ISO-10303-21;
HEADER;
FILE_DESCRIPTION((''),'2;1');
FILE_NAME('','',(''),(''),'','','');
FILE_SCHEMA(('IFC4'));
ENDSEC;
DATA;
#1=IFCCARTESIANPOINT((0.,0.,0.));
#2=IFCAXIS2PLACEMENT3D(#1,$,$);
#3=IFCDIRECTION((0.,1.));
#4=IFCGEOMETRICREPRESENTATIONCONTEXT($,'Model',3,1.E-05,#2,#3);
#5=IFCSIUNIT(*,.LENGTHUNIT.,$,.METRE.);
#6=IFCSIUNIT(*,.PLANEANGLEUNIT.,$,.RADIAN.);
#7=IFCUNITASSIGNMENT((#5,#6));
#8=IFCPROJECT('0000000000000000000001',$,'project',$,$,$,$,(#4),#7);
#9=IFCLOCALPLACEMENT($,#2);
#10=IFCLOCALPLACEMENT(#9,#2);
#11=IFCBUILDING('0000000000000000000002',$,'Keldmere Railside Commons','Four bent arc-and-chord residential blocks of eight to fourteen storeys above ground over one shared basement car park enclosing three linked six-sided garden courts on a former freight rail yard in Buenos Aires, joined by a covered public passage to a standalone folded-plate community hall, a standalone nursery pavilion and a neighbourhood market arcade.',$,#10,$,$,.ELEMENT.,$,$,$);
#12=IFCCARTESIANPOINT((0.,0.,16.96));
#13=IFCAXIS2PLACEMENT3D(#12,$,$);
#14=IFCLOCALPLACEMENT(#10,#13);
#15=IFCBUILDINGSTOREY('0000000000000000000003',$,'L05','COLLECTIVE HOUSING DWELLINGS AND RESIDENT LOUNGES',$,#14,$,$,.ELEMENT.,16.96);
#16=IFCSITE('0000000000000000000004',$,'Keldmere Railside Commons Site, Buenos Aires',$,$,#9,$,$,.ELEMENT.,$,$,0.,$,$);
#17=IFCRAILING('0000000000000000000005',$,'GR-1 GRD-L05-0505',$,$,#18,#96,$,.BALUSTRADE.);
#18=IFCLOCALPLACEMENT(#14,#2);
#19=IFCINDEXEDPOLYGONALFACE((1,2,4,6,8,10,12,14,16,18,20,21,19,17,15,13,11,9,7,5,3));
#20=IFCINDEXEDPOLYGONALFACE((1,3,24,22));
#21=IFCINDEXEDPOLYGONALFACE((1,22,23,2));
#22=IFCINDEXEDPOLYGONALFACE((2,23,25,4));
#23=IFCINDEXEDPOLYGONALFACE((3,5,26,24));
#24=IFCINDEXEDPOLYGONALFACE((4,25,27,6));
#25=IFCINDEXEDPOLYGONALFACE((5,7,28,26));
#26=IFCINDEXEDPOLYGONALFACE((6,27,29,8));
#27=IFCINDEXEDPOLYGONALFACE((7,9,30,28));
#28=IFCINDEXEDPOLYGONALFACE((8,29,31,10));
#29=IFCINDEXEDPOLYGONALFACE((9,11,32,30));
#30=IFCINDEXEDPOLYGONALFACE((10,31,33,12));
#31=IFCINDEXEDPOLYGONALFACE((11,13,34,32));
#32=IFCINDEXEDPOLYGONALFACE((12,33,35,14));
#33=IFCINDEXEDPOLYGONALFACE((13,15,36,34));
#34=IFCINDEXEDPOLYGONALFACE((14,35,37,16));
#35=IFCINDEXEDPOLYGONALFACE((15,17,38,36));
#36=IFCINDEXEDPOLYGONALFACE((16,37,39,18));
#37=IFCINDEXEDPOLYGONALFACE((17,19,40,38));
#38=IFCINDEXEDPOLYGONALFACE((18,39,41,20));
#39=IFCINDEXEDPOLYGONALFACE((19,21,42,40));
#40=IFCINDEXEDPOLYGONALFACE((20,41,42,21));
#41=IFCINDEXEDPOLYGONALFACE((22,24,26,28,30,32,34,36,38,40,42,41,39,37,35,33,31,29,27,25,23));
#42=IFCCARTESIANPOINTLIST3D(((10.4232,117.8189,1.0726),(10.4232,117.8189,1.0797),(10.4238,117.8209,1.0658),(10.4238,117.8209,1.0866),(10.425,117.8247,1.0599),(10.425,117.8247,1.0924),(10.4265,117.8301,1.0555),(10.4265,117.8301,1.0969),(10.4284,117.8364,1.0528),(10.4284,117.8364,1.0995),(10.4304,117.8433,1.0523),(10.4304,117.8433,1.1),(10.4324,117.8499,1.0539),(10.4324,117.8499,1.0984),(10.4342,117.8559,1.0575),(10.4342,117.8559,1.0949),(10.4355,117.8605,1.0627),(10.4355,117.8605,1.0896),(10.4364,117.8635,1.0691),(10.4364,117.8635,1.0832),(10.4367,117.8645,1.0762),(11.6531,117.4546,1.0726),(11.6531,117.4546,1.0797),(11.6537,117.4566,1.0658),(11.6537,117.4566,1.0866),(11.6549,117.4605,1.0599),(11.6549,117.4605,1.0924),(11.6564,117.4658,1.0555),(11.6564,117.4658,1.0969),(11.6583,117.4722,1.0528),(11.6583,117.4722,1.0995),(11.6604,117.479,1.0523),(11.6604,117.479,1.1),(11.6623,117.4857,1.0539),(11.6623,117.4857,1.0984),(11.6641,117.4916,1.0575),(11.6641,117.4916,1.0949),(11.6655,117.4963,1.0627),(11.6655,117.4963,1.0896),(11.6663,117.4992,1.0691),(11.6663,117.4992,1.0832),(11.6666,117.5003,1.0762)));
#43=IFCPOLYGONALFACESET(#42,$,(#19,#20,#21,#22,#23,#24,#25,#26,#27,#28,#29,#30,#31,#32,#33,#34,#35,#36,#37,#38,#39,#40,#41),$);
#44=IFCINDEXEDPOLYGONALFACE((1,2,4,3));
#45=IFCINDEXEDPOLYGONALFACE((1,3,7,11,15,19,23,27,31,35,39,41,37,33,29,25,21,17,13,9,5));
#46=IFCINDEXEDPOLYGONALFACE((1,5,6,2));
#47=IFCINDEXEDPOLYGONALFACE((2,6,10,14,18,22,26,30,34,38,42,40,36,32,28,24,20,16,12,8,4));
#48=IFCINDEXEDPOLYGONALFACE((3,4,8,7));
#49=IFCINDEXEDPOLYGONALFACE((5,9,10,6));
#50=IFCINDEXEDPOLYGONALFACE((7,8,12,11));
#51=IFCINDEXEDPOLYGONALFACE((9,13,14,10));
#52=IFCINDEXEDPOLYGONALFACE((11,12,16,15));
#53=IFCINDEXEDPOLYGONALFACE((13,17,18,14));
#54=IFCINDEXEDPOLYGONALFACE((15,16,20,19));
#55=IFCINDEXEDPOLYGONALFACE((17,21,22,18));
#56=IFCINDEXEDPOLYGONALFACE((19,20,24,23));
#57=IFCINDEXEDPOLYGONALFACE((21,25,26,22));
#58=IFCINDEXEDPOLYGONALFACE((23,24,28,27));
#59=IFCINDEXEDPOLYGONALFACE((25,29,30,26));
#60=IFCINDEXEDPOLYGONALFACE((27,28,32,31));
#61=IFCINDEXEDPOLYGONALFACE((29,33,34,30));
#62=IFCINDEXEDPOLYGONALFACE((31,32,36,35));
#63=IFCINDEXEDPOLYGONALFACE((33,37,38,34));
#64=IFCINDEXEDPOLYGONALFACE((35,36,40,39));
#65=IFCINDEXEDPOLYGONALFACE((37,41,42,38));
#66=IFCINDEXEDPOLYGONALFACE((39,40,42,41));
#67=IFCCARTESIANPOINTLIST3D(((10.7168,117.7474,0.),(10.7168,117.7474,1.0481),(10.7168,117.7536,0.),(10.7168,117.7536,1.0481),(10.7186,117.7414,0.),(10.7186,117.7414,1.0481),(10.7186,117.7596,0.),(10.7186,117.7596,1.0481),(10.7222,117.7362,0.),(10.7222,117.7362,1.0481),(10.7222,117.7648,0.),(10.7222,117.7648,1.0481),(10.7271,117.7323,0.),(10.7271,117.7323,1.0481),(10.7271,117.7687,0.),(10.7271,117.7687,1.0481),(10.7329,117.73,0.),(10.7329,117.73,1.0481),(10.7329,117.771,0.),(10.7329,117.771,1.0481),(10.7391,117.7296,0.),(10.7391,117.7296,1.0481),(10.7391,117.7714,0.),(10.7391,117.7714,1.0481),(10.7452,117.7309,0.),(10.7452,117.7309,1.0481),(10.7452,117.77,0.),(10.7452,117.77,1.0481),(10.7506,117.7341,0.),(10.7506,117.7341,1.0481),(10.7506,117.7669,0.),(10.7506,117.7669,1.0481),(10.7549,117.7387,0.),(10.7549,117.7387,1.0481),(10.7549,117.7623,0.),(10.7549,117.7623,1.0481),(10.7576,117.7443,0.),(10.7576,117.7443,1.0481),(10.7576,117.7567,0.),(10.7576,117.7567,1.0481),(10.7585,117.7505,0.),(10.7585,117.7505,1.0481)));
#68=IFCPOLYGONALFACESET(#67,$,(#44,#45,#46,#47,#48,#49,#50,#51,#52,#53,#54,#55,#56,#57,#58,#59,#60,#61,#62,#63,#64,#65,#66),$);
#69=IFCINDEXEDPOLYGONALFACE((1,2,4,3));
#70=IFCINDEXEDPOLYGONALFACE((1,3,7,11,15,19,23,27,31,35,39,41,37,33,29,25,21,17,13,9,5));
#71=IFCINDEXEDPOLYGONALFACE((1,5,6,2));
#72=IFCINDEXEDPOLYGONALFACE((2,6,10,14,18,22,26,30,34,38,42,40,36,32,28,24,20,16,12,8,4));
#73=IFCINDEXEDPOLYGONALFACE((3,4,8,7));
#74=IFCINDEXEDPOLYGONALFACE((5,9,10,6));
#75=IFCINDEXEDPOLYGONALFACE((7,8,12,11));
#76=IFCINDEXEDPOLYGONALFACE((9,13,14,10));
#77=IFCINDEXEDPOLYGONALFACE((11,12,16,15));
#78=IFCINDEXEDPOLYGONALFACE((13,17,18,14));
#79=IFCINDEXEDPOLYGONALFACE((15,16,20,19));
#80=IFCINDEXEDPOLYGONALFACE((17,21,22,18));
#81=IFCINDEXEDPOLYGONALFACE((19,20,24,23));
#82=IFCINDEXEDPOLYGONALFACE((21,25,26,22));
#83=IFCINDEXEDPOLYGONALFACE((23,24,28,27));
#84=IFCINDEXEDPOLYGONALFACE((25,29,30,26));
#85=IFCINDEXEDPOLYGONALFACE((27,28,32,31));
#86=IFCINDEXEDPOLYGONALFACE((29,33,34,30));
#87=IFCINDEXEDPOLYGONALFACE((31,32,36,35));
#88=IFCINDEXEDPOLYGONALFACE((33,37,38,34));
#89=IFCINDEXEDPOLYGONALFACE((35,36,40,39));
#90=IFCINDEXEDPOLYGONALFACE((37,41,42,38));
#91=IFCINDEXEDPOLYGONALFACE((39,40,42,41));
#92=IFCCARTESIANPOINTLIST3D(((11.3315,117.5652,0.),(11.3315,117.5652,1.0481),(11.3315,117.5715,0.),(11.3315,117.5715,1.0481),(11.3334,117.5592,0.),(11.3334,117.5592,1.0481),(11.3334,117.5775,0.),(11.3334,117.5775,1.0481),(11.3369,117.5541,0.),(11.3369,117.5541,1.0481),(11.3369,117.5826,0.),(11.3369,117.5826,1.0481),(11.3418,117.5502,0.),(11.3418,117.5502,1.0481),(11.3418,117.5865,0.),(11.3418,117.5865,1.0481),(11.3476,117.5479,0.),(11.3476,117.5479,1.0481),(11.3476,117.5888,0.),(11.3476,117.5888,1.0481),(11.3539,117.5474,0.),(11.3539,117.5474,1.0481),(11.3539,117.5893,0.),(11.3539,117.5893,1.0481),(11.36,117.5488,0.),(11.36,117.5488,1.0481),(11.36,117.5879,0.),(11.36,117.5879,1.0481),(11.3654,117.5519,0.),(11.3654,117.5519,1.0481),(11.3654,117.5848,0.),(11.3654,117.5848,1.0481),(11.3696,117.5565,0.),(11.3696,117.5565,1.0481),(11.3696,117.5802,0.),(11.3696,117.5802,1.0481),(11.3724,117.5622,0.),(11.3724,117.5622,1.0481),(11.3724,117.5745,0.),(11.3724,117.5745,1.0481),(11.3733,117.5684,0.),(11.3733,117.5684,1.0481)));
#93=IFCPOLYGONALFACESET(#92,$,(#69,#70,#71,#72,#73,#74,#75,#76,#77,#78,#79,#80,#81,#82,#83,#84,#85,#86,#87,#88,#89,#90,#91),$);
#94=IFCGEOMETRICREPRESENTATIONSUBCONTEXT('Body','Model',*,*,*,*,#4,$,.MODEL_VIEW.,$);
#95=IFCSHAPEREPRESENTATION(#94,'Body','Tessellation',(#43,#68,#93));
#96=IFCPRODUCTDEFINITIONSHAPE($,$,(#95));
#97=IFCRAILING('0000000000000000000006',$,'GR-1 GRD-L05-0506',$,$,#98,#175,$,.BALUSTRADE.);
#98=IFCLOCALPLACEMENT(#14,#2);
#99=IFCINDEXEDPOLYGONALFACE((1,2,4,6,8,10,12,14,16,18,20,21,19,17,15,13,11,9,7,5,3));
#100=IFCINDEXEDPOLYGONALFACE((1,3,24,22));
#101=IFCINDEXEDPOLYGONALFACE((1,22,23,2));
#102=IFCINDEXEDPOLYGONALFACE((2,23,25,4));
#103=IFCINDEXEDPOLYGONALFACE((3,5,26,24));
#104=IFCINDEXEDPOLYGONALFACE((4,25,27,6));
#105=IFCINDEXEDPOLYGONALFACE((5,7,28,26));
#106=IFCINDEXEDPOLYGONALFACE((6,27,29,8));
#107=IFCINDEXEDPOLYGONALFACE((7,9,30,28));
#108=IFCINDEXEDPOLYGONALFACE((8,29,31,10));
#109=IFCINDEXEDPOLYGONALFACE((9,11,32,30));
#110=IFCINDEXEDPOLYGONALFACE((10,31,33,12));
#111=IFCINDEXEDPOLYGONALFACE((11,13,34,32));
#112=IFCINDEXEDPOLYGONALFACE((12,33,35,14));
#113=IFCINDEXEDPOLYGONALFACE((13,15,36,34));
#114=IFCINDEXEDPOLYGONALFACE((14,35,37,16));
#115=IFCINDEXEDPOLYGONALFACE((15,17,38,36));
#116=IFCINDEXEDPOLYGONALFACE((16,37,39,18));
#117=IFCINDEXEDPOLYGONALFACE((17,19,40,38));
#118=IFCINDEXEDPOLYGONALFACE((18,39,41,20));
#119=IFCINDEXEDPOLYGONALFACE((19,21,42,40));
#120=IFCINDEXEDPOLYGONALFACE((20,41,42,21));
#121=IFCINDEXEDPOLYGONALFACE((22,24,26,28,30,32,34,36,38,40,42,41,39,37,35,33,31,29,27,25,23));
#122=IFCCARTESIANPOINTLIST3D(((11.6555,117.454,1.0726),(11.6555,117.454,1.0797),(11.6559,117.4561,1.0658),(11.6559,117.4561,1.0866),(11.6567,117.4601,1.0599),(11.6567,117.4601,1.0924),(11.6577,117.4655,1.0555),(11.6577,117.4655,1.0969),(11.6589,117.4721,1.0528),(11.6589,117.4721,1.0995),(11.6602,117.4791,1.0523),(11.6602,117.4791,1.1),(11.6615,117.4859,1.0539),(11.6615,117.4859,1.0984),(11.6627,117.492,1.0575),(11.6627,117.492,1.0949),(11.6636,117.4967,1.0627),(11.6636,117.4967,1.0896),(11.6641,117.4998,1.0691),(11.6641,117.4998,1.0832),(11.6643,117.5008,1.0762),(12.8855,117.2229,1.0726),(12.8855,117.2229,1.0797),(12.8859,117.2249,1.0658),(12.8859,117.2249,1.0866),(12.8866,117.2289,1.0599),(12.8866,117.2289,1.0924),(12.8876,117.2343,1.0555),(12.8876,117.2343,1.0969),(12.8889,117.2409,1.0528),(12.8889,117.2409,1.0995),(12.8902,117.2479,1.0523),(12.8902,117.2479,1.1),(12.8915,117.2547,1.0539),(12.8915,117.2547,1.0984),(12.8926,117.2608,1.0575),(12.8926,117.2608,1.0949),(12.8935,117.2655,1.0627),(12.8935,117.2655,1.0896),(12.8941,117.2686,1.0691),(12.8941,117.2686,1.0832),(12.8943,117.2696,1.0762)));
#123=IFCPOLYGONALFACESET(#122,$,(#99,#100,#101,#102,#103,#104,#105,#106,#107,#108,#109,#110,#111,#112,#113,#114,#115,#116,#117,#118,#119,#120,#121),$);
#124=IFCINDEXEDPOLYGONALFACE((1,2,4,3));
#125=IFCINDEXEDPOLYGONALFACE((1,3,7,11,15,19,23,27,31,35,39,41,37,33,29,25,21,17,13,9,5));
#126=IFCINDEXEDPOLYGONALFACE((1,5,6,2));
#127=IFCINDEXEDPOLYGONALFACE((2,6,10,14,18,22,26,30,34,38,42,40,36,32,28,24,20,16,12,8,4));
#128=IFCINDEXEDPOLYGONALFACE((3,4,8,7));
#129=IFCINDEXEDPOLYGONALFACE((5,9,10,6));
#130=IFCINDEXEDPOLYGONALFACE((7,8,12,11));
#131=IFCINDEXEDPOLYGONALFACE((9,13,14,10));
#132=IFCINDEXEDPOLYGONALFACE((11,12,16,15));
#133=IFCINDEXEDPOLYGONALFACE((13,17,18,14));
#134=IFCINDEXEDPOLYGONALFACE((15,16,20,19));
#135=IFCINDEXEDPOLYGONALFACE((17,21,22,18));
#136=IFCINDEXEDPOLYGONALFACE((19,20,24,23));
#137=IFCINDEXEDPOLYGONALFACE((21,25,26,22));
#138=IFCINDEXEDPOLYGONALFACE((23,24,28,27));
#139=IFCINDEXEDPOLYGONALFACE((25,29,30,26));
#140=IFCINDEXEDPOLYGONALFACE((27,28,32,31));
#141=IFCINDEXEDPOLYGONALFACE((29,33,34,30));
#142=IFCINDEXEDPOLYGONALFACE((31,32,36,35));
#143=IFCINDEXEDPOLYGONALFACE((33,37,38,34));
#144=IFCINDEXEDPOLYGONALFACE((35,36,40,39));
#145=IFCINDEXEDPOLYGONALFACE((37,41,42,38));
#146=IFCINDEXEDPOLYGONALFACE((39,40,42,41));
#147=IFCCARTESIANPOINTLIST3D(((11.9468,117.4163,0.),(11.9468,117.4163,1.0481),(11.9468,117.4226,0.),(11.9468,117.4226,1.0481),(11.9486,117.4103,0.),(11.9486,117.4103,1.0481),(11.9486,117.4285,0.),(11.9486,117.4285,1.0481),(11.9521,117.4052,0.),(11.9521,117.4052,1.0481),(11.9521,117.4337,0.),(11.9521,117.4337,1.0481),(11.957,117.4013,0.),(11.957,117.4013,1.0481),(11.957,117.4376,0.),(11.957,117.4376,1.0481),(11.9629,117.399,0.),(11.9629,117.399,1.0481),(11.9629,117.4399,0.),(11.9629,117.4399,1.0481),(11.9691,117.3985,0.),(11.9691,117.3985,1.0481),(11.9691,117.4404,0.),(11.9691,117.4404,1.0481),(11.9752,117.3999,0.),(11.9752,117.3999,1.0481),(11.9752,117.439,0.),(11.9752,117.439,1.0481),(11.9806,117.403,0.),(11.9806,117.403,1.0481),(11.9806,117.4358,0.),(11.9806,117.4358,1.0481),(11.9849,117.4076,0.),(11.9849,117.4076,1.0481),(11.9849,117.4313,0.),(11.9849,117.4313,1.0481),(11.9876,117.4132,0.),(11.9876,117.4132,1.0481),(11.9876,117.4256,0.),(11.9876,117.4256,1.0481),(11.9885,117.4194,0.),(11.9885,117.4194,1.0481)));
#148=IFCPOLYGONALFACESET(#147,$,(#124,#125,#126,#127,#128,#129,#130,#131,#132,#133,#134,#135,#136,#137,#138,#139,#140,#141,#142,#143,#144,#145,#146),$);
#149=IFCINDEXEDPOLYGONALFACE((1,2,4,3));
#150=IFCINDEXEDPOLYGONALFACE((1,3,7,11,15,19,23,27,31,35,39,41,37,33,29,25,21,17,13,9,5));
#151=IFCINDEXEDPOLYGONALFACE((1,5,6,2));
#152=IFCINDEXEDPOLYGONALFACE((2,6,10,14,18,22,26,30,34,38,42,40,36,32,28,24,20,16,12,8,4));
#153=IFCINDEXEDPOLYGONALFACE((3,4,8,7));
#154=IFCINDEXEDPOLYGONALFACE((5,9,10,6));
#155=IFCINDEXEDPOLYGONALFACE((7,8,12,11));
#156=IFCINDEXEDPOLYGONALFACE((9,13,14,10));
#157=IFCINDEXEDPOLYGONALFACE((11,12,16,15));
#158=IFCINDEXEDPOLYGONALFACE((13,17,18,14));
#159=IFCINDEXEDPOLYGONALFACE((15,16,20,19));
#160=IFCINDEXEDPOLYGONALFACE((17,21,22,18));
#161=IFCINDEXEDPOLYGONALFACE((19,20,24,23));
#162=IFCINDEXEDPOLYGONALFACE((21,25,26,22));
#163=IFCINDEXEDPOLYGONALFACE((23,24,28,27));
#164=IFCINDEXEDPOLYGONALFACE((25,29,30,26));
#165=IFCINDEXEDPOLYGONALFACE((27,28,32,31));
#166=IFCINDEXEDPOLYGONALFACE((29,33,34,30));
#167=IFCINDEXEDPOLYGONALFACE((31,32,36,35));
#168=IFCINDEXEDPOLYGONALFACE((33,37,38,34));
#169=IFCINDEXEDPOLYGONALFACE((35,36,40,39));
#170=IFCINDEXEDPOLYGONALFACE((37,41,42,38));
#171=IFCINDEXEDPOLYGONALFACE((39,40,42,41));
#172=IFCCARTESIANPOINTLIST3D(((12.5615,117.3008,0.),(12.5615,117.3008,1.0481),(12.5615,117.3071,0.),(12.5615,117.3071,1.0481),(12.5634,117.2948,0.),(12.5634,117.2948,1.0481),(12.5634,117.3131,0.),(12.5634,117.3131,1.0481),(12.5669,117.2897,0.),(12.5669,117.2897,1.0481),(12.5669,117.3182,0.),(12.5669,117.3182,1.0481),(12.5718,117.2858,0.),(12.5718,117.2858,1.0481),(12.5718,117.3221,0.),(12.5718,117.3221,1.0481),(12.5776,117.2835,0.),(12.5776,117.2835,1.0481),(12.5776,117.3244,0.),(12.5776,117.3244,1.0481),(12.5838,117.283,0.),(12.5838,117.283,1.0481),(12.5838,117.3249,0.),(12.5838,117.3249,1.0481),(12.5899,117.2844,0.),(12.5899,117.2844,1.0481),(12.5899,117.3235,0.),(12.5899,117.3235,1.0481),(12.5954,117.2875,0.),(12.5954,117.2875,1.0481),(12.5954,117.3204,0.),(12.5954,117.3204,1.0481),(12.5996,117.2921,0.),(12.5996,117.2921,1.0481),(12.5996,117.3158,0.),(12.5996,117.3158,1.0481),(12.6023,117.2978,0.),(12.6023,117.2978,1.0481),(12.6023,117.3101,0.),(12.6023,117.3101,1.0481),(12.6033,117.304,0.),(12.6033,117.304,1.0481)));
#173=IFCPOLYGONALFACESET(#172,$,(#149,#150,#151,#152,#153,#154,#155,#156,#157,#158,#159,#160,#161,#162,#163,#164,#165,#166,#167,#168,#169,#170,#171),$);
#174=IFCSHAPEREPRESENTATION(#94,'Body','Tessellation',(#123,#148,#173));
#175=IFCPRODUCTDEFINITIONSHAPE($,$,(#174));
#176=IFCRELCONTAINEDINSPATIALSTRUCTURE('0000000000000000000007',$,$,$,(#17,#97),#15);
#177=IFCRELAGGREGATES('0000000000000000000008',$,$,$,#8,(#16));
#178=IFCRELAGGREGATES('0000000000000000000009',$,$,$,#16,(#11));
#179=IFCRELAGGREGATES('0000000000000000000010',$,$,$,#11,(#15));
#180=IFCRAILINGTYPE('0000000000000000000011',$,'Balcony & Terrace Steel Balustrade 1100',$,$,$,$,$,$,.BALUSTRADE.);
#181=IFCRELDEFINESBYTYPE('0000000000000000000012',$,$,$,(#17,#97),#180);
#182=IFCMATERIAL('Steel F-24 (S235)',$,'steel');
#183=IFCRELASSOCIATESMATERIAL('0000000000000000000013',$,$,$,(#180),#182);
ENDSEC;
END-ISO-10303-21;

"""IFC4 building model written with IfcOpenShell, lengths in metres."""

from ifc_helpers import new_model, si_unit, direction, frame, origin, origin_2d, place, context, subcontext, project, spatial, circle, extrude, material, type_object, element, save


model = new_model("IFC4")

# Units and contexts
model_context = context("Model", 3, precision=1e-05, world=origin(), true_north=direction((0.0, 1.0)))
body_context = subcontext(model_context, "Body", "Model", "MODEL_VIEW")
ifc_project = project(units=[si_unit("LENGTHUNIT", "METRE"), si_unit("PLANEANGLEUNIT", "RADIAN")], contexts=[model_context])

# Site, building, storey
site_placement = place(None, origin())
site = spatial("IfcSite", under=ifc_project, at=site_placement, Name="Keldmere Railside Commons Site, Buenos Aires", CompositionType="ELEMENT", RefElevation=0.0)
building_placement = place(site_placement, origin())
building = spatial("IfcBuilding", under=site, at=building_placement, Name="Keldmere Railside Commons", Description="Four bent arc-and-chord residential blocks of eight to fourteen storeys above ground over one shared basement car park enclosing three linked six-sided garden courts on a former freight rail yard in Buenos Aires, joined by a covered public passage to a standalone folded-plate community hall, a standalone nursery pavilion and a neighbourhood market arcade.", CompositionType="ELEMENT")
storey_placement = place(building_placement, frame((0.0, 0.0, 16.96)))
storey = spatial("IfcBuildingStorey", under=building, at=storey_placement, Name="L05", Description="COLLECTIVE HOUSING DWELLINGS AND RESIDENT LOUNGES", CompositionType="ELEMENT", Elevation=16.96)

# Railings
ifc_material_1 = material(Name="Steel F-24 (S235)", Category="steel")
railing_type = type_object("IfcRailingType", Name="Balcony & Terrace Steel Balustrade 1100", PredefinedType="BALUSTRADE", material=ifc_material_1)
railing_1_placement = place(storey_placement, frame((10.4299, 117.8416, 0.0)))
element("IfcRailing", 1, at=railing_1_placement, inside=storey, type_object=railing_type, Name="GR-1 GRD-L05-0505", PredefinedType="BALUSTRADE", context=body_context, shape_type="SweptSolid", body=[
    extrude(circle(Radius=0.0239, at=origin_2d()), frame((0.0, 0.0, 1.0762), z_axis=(0.958837, -0.283959, 0.0), x_axis=(0.283959, 0.958837, 0.0)), (0.0, 0.0, 1.0), 1.2827),
    extrude(circle(Radius=0.021, at=origin_2d()), frame((0.3076, -0.0911, 0.0)), (0.0, 0.0, 1.0), 1.0481),
    extrude(circle(Radius=0.021, at=origin_2d()), frame((0.9224, -0.2732, 0.0)), (0.0, 0.0, 1.0), 1.0481),
])
railing_2_placement = place(storey_placement, frame((11.6599, 117.4773, 0.0)))
element("IfcRailing", 2, at=railing_2_placement, inside=storey, type_object=railing_type, Name="GR-1 GRD-L05-0506", PredefinedType="BALUSTRADE", context=body_context, shape_type="SweptSolid", body=[
    extrude(circle(Radius=0.0239, at=origin_2d()), frame((0.0, 0.0, 1.0762), z_axis=(0.982788, -0.184736, 0.0), x_axis=(0.184736, 0.982788, 0.0)), (0.0, 0.0, 1.0), 1.2515),
    extrude(circle(Radius=0.021, at=origin_2d()), frame((0.3076, -0.0579, 0.0)), (0.0, 0.0, 1.0), 1.0481),
    extrude(circle(Radius=0.021, at=origin_2d()), frame((0.9224, -0.1733, 0.0)), (0.0, 0.0, 1.0), 1.0481),
])

save(model, "model.ifc")
